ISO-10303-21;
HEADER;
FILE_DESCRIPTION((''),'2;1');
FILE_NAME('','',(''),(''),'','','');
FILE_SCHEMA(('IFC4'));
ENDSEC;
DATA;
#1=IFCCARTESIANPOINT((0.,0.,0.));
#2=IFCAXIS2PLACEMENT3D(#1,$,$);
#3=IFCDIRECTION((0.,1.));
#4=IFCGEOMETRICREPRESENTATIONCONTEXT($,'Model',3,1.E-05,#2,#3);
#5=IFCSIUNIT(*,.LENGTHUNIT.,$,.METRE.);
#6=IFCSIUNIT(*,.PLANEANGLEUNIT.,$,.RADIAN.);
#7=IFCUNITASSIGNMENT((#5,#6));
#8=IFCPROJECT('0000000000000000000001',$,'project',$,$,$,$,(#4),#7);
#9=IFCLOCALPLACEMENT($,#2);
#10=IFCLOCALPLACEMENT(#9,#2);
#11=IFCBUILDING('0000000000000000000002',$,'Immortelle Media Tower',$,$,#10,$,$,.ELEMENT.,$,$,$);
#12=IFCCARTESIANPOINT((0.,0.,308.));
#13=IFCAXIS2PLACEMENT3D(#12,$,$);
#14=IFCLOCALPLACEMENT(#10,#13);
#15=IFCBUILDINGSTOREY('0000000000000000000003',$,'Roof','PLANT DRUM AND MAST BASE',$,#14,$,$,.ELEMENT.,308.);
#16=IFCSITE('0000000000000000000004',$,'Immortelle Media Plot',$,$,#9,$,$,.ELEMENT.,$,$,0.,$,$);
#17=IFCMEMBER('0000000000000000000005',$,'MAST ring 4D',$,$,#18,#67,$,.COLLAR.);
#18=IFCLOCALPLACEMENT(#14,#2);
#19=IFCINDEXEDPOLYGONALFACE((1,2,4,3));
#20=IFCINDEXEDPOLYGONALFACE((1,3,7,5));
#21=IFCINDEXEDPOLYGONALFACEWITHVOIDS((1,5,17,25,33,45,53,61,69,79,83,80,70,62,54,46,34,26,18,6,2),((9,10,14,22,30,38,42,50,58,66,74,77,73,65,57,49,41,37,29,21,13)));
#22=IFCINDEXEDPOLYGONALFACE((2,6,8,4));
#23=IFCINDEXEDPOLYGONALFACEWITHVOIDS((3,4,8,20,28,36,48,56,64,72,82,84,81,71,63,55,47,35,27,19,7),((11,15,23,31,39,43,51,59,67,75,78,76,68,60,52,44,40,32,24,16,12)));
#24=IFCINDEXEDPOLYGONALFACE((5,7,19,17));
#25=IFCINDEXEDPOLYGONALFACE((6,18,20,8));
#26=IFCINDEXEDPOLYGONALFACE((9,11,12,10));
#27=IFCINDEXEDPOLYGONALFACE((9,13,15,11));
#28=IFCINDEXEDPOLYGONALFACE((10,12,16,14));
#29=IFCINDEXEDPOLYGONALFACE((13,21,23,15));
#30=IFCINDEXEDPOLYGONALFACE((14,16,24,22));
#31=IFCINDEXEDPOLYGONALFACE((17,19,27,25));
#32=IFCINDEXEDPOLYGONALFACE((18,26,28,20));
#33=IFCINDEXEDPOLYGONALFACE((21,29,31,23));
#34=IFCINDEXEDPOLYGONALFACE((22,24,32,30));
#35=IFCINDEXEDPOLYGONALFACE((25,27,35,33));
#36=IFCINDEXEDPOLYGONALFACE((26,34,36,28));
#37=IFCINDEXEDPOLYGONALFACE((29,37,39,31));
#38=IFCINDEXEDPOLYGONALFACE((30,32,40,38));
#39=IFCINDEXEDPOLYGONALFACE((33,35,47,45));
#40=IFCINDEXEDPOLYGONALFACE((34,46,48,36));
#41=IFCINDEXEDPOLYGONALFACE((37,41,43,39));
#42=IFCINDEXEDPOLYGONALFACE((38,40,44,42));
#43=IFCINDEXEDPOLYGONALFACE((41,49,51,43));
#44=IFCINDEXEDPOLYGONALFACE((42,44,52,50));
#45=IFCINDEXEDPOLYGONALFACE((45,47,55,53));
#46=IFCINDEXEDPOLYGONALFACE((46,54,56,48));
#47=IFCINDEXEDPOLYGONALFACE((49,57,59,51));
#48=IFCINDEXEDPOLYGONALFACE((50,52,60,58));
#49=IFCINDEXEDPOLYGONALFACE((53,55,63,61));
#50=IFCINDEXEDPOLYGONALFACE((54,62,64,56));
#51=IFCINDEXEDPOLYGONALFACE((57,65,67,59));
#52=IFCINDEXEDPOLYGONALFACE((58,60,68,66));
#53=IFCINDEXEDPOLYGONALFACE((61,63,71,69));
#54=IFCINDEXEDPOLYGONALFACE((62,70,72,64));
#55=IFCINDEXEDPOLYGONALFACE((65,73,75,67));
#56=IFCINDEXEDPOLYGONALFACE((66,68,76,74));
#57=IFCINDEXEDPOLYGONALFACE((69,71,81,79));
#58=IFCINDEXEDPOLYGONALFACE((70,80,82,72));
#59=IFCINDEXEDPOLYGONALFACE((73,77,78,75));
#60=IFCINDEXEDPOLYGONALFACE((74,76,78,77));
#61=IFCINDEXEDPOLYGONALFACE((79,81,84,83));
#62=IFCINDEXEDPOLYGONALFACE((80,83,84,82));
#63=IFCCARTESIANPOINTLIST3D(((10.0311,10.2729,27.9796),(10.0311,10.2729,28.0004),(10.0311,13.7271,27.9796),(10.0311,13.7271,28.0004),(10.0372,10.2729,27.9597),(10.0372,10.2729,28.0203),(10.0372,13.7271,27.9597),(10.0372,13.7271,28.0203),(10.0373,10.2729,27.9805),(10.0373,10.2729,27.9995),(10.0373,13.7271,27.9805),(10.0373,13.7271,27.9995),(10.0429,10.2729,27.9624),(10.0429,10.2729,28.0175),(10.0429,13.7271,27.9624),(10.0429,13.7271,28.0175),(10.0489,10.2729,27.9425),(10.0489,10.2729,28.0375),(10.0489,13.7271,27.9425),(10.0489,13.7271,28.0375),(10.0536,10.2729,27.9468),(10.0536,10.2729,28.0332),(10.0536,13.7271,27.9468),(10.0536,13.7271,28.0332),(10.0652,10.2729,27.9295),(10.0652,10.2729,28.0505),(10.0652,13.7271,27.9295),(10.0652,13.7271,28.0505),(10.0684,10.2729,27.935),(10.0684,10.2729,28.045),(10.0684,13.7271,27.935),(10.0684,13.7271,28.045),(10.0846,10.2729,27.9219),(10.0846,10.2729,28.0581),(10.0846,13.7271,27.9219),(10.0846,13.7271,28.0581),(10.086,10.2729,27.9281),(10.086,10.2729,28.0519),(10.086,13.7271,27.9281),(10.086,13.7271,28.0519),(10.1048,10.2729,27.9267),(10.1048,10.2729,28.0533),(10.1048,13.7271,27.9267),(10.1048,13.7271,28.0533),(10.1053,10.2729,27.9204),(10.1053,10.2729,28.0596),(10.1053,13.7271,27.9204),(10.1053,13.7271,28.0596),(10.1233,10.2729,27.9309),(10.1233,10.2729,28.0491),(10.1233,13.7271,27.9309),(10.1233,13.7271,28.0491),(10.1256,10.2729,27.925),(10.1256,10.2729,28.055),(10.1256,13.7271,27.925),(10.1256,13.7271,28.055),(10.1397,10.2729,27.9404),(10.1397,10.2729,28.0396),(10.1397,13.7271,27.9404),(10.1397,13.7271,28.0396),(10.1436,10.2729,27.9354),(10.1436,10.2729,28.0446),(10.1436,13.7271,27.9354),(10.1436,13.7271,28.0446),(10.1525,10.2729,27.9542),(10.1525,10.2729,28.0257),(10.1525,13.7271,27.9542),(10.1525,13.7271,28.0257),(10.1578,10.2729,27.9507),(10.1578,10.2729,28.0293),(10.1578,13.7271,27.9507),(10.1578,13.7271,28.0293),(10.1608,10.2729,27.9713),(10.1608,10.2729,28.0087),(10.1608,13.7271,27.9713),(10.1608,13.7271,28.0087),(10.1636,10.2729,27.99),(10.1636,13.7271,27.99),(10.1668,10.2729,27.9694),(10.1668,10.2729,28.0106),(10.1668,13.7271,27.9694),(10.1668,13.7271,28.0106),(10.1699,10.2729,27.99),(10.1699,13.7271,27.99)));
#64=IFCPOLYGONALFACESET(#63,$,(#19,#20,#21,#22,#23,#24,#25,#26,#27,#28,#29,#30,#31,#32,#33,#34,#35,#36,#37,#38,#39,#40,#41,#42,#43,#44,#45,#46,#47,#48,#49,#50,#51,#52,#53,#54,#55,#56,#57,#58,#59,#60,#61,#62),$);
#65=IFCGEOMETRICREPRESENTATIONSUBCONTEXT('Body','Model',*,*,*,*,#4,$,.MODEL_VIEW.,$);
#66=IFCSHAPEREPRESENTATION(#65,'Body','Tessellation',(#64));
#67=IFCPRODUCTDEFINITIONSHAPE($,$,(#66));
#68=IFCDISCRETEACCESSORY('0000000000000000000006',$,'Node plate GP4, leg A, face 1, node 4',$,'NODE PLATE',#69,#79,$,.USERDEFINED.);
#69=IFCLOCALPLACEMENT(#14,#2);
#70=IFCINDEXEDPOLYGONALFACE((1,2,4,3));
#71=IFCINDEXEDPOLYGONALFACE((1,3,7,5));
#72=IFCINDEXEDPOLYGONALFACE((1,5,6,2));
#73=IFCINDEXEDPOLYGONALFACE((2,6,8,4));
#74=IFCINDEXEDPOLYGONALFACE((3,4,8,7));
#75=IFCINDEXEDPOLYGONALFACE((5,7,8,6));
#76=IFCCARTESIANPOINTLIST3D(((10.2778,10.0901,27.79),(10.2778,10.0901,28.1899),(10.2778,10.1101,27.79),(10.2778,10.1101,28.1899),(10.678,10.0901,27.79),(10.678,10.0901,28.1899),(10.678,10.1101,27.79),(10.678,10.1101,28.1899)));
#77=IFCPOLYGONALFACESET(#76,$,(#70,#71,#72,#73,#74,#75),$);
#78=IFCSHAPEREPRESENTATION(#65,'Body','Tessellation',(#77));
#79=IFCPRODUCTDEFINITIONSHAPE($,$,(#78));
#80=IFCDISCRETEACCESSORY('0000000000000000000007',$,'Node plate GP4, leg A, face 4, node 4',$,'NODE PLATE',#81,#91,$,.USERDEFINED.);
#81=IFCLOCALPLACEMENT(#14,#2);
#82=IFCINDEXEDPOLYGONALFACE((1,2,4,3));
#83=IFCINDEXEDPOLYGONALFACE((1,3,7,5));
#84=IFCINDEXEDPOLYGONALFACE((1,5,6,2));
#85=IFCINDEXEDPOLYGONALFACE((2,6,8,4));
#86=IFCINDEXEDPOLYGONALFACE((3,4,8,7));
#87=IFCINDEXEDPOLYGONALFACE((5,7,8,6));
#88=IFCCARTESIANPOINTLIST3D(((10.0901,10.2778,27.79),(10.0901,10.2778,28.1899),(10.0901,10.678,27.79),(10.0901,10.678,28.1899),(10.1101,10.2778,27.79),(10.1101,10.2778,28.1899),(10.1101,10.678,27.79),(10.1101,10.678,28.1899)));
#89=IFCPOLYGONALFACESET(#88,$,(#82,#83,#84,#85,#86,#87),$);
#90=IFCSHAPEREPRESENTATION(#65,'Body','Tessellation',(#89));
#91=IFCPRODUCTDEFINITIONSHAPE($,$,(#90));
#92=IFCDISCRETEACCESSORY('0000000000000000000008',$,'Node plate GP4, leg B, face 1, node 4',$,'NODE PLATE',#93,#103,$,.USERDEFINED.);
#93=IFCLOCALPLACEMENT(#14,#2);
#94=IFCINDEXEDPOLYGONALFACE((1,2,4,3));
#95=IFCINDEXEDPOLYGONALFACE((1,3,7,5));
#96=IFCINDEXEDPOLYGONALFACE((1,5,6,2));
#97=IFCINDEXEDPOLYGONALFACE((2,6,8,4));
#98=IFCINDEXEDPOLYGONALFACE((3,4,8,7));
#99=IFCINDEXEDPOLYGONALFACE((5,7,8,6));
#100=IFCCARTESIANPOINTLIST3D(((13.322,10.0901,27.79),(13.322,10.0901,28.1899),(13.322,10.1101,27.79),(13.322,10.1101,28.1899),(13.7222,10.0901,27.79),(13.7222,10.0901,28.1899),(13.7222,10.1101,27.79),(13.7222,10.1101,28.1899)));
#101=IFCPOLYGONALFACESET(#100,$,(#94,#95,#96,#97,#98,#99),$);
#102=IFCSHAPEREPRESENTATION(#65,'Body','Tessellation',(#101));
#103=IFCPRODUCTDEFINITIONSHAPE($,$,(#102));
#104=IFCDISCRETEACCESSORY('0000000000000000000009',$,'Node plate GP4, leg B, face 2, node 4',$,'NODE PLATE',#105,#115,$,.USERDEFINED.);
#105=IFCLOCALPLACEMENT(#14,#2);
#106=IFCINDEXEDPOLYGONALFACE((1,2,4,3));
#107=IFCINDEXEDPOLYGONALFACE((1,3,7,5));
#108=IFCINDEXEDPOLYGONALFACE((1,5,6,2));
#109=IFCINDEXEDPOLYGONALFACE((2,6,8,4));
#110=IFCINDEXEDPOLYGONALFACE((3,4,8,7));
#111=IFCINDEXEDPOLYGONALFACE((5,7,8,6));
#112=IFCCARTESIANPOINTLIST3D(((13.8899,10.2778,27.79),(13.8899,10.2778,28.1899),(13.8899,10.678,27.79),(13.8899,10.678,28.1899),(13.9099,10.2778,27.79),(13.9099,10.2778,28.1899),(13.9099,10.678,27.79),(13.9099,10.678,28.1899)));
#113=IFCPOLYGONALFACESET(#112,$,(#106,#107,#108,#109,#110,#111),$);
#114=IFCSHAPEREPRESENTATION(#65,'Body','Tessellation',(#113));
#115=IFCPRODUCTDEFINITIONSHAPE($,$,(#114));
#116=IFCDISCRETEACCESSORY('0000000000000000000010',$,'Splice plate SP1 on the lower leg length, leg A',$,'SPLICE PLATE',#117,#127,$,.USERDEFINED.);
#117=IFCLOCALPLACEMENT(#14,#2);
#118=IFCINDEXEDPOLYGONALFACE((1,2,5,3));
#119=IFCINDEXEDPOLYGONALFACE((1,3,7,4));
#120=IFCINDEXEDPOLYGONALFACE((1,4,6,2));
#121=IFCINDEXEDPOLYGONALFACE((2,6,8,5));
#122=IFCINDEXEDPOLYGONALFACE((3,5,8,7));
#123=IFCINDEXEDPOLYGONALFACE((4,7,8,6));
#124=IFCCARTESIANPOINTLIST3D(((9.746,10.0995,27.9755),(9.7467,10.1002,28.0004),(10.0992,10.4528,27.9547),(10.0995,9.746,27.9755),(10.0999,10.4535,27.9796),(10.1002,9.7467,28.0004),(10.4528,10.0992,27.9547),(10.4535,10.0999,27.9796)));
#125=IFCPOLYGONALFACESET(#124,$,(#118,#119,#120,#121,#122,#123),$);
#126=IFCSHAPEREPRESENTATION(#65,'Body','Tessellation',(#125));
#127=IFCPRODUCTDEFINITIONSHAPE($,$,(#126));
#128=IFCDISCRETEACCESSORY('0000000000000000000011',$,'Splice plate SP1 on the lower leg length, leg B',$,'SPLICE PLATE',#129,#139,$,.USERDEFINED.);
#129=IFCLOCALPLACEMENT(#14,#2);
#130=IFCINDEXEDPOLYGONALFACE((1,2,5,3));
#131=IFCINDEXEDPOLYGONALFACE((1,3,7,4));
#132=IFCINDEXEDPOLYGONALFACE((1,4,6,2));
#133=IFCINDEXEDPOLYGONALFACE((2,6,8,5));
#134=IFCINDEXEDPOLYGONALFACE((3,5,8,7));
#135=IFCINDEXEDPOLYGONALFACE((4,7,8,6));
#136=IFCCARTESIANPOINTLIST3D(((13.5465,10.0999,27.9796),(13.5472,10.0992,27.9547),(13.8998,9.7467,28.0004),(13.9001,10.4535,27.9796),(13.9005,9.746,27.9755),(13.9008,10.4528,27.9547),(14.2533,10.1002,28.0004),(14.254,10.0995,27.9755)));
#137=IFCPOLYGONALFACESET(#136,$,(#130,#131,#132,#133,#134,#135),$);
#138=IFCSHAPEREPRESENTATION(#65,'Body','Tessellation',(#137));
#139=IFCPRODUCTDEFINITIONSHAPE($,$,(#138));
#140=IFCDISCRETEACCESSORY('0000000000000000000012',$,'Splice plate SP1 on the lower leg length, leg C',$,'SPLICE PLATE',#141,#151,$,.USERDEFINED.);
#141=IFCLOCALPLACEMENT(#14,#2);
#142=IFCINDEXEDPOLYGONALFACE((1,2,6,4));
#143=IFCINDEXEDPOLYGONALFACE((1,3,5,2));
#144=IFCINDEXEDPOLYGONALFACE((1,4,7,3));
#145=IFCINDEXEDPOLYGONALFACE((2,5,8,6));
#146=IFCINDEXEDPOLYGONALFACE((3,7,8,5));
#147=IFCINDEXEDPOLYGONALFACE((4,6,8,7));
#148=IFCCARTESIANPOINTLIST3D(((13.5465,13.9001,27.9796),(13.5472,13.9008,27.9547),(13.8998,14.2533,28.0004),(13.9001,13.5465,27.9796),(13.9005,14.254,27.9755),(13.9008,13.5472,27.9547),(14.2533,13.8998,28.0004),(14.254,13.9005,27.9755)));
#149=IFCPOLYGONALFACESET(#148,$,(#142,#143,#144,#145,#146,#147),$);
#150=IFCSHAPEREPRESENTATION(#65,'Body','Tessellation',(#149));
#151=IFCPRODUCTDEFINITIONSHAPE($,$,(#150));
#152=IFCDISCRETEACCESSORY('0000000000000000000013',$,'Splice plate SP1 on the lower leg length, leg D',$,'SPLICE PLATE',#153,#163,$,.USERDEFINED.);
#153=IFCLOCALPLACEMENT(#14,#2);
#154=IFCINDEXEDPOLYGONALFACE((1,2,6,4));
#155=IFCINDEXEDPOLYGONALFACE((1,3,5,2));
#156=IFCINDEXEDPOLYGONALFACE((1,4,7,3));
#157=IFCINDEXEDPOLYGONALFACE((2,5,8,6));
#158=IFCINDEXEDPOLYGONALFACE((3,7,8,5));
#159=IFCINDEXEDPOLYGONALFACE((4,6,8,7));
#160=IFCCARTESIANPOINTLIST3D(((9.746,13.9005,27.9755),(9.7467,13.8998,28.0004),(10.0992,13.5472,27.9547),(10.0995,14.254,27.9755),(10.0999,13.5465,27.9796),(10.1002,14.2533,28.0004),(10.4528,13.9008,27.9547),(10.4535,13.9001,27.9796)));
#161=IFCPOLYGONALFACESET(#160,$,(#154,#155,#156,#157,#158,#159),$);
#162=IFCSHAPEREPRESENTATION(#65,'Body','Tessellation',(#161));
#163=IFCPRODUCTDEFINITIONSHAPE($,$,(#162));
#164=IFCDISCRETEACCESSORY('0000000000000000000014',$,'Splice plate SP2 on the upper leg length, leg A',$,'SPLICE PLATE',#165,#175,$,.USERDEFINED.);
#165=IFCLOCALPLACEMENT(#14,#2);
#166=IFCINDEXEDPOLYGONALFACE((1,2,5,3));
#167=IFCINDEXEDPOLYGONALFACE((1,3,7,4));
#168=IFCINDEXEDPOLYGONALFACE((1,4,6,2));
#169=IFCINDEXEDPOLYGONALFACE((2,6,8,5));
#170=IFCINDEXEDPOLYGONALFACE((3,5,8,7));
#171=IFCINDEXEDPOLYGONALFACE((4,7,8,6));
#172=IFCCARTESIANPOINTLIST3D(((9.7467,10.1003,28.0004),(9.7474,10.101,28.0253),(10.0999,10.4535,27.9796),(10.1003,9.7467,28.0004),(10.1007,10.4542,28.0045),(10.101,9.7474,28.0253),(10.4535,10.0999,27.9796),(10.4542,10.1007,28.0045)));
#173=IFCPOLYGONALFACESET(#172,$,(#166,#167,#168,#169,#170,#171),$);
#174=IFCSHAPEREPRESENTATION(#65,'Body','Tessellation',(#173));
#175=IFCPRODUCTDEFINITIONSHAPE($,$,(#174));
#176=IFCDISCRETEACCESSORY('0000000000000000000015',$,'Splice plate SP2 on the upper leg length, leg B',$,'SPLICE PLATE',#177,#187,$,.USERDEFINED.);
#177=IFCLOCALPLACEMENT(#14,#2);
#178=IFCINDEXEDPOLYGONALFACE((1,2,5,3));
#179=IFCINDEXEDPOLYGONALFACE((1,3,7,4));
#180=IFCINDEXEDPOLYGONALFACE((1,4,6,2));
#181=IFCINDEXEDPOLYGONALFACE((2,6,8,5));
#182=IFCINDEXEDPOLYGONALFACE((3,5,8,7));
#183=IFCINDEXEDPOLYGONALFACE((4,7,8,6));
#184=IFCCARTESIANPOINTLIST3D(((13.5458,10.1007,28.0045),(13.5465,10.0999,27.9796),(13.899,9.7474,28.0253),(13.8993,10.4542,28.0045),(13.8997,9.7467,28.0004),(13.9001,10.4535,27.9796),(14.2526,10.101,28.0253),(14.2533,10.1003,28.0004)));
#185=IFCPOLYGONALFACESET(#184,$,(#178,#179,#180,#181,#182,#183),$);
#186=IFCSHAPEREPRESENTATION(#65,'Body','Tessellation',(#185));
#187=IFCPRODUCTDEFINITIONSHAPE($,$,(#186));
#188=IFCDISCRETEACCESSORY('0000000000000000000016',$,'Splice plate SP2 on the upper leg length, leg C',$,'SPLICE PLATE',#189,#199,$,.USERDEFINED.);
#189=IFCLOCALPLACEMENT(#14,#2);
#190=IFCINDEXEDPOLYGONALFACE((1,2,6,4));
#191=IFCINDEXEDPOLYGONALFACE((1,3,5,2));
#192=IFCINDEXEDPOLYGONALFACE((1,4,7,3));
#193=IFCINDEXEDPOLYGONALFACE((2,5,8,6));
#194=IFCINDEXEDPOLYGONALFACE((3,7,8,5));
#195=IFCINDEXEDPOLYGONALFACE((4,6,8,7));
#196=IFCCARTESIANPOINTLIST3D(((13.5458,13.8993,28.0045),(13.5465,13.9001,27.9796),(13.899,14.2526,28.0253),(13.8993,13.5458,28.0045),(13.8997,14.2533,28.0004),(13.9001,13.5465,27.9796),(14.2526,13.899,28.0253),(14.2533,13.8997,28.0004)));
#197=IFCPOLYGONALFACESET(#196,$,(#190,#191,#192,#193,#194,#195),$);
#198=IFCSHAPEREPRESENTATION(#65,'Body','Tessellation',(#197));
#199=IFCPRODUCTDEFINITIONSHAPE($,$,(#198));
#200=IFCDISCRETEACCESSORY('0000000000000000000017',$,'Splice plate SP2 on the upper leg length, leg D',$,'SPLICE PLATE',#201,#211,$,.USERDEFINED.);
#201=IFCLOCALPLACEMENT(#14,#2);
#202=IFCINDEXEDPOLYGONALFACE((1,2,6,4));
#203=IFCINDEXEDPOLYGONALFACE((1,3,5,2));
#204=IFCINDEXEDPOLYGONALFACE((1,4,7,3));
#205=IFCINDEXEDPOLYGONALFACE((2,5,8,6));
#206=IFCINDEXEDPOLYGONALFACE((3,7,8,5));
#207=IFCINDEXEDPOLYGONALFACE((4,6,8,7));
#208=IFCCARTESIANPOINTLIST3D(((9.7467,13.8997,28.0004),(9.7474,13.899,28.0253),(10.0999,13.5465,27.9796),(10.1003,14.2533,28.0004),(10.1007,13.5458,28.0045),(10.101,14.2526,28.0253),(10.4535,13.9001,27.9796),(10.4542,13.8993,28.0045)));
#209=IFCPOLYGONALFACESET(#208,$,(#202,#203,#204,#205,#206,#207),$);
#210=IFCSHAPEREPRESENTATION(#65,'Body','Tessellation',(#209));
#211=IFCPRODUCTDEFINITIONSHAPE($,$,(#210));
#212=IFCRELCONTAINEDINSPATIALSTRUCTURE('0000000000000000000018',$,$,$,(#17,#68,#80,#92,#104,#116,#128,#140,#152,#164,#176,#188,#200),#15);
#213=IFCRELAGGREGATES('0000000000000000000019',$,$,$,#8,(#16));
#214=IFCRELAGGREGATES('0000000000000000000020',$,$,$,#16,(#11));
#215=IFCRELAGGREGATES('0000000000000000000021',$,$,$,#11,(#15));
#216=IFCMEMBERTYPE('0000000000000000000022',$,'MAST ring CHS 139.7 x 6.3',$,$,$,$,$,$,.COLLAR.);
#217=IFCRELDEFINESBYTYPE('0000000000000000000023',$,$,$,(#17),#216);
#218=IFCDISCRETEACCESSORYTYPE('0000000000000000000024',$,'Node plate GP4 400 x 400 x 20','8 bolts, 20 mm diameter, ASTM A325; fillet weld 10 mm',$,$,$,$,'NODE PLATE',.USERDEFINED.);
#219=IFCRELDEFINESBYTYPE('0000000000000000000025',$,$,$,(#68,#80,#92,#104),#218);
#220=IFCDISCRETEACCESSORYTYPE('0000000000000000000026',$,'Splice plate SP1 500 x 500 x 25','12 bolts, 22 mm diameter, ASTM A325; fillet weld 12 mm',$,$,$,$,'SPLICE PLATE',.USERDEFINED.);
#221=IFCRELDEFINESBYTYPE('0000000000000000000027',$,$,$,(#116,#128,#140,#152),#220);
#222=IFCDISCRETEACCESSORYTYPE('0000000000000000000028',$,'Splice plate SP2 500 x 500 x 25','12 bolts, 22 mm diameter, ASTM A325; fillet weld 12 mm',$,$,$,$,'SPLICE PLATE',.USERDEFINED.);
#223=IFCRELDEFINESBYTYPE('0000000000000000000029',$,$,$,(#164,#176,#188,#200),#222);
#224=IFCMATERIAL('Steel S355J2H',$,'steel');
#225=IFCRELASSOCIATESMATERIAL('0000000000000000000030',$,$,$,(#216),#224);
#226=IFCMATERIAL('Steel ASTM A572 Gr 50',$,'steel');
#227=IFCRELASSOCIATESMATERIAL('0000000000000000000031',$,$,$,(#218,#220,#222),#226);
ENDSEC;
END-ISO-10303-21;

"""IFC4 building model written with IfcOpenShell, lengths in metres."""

from ifc_helpers import new_model, si_unit, direction, frame, origin, origin_2d, place, context, subcontext, project, spatial, rectangle, hollow_circle, extrude, material, material_profile, profile_set, type_object, element, save


model = new_model("IFC4")

# Units and contexts
model_context = context("Model", 3, precision=1e-05, world=origin(), true_north=direction((0.0, 1.0)))
body_context = subcontext(model_context, "Body", "Model", "MODEL_VIEW")
ifc_project = project(units=[si_unit("LENGTHUNIT", "METRE"), si_unit("PLANEANGLEUNIT", "RADIAN")], contexts=[model_context])

# Site, building, storey
site_placement = place(None, origin())
site = spatial("IfcSite", under=ifc_project, at=site_placement, Name="Immortelle Media Plot", CompositionType="ELEMENT", RefElevation=0.0)
building_placement = place(site_placement, origin())
building = spatial("IfcBuilding", under=site, at=building_placement, Name="Immortelle Media Tower", CompositionType="ELEMENT")
storey_placement = place(building_placement, frame((0.0, 0.0, 308.0)))
storey = spatial("IfcBuildingStorey", under=building, at=storey_placement, Name="Roof", Description="PLANT DRUM AND MAST BASE", CompositionType="ELEMENT", Elevation=308.0)

# Member
ifc_material_1 = material(Name="Steel S355J2H", Category="steel")
ifc_material_profile_1 = material_profile(ifc_material_1, hollow_circle(Radius=0.0698, WallThickness=0.0063, at=origin_2d()), Name="CHS 139.7 x 6.3")
ifc_profile_set_1 = profile_set([ifc_material_profile_1], Name="Steel S355J2H")
member_type_1 = type_object("IfcMemberType", Name="MAST ring CHS 139.7 x 6.3", PredefinedType="COLLAR", material=ifc_profile_set_1)
for number, where, z_axis, x_axis, name in (
    (1, (10.1001, 13.7271, 27.99), (0.0, -1.0, 0.0), (1.0, 0.0, 0.0), "MAST ring 4D"),
):
    element("IfcMember", number, at=place(storey_placement, frame(where, z_axis=z_axis, x_axis=x_axis)), inside=storey, type_object=member_type_1, Name=name, PredefinedType="COLLAR", context=body_context, shape_type="SweptSolid", body=[
        extrude(hollow_circle(Radius=0.0698, WallThickness=0.0063, at=origin_2d()), origin(), (0.0, 0.0, 1.0), 3.4541),
    ])

# Discrete accessories
ifc_material_2 = material(Name="Steel ASTM A572 Gr 50", Category="steel")
ifc_material_profile_2 = material_profile(ifc_material_2, rectangle(XDim=0.02, YDim=0.3999, at=origin_2d()), Name="PL 20 x 400")
ifc_profile_set_2 = profile_set([ifc_material_profile_2], Name="Steel ASTM A572 Gr 50")
discrete_accessory_type_1 = type_object("IfcDiscreteAccessoryType", Name="Node plate GP4 400 x 400 x 20", Description="8 bolts, 20 mm diameter, ASTM A325; fillet weld 10 mm", ElementType="NODE PLATE", PredefinedType="USERDEFINED", material=ifc_profile_set_2)
for number, where, z_axis, x_axis, name in (
    (2, (10.2778, 10.1001, 27.99), (1.0, 0.0, 0.0), (0.0, 1.0, 0.0), "Node plate GP4, leg A, face 1, node 4"),
    (3, (10.1001, 10.2778, 27.99), (0.0, 1.0, 0.0), (-1.0, 0.0, 0.0), "Node plate GP4, leg A, face 4, node 4"),
    (4, (13.7222, 10.1001, 27.99), (-1.0, 0.0, 0.0), (0.0, -1.0, 0.0), "Node plate GP4, leg B, face 1, node 4"),
    (5, (13.8999, 10.2778, 27.99), (0.0, 1.0, 0.0), (-1.0, 0.0, 0.0), "Node plate GP4, leg B, face 2, node 4"),
):
    element("IfcDiscreteAccessory", number, at=place(storey_placement, frame(where, z_axis=z_axis, x_axis=x_axis)), inside=storey, type_object=discrete_accessory_type_1, Name=name, ObjectType="NODE PLATE", PredefinedType="USERDEFINED", context=body_context, shape_type="SweptSolid", body=[
        extrude(rectangle(XDim=0.02, YDim=0.3999, at=origin_2d()), origin(), (0.0, 0.0, 1.0), 0.4001),
    ])
ifc_material_profile_3 = material_profile(ifc_material_2, rectangle(XDim=0.5, YDim=0.5, at=origin_2d()), Name="PL 500 x 500")
ifc_profile_set_3 = profile_set([ifc_material_profile_3], Name="Steel ASTM A572 Gr 50")
discrete_accessory_type_2 = type_object("IfcDiscreteAccessoryType", Name="Splice plate SP1 500 x 500 x 25", Description="12 bolts, 22 mm diameter, ASTM A325; fillet weld 12 mm", ElementType="SPLICE PLATE", PredefinedType="USERDEFINED", material=ifc_profile_set_3)
for number, where, z_axis, x_axis, name in (
    (6, (10.0994, 10.0994, 27.9651), (0.029386, 0.029386, 0.999136), (-0.707107, 0.707107, 0.0), "Splice plate SP1 on the lower leg length, leg A"),
    (7, (13.9006, 10.0994, 27.9651), (-0.029386, 0.029386, 0.999136), (-0.707107, -0.707107, 0.0), "Splice plate SP1 on the lower leg length, leg B"),
    (8, (13.9006, 13.9006, 27.9651), (-0.029386, -0.029386, 0.999136), (0.707107, -0.707107, 0.0), "Splice plate SP1 on the lower leg length, leg C"),
    (9, (10.0994, 13.9006, 27.9651), (0.029386, -0.029386, 0.999136), (0.707107, 0.707107, 0.0), "Splice plate SP1 on the lower leg length, leg D"),
):
    element("IfcDiscreteAccessory", number, at=place(storey_placement, frame(where, z_axis=z_axis, x_axis=x_axis)), inside=storey, type_object=discrete_accessory_type_2, Name=name, ObjectType="SPLICE PLATE", PredefinedType="USERDEFINED", context=body_context, shape_type="SweptSolid", body=[
        extrude(rectangle(XDim=0.5, YDim=0.5, at=origin_2d()), origin(), (0.0, 0.0, 1.0), 0.0249),
    ])
ifc_material_profile_4 = material_profile(ifc_material_2, rectangle(XDim=0.5, YDim=0.5, at=origin_2d()), Name="PL 500 x 500")
ifc_profile_set_4 = profile_set([ifc_material_profile_4], Name="Steel ASTM A572 Gr 50")
discrete_accessory_type_3 = type_object("IfcDiscreteAccessoryType", Name="Splice plate SP2 500 x 500 x 25", Description="12 bolts, 22 mm diameter, ASTM A325; fillet weld 12 mm", ElementType="SPLICE PLATE", PredefinedType="USERDEFINED", material=ifc_profile_set_4)
for number, where, z_axis, x_axis, name in (
    (10, (10.1001, 10.1001, 27.99), (0.029386, 0.029386, 0.999136), (-0.707107, 0.707107, 0.0), "Splice plate SP2 on the upper leg length, leg A"),
    (11, (13.8999, 10.1001, 27.99), (-0.029386, 0.029386, 0.999136), (-0.707107, -0.707107, 0.0), "Splice plate SP2 on the upper leg length, leg B"),
    (12, (13.8999, 13.8999, 27.99), (-0.029386, -0.029386, 0.999136), (0.707107, -0.707107, 0.0), "Splice plate SP2 on the upper leg length, leg C"),
    (13, (10.1001, 13.8999, 27.99), (0.029386, -0.029386, 0.999136), (0.707107, 0.707107, 0.0), "Splice plate SP2 on the upper leg length, leg D"),
):
    element("IfcDiscreteAccessory", number, at=place(storey_placement, frame(where, z_axis=z_axis, x_axis=x_axis)), inside=storey, type_object=discrete_accessory_type_3, Name=name, ObjectType="SPLICE PLATE", PredefinedType="USERDEFINED", context=body_context, shape_type="SweptSolid", body=[
        extrude(rectangle(XDim=0.5, YDim=0.5, at=origin_2d()), origin(), (0.0, 0.0, 1.0), 0.0249),
    ])

save(model, "model.ifc")
